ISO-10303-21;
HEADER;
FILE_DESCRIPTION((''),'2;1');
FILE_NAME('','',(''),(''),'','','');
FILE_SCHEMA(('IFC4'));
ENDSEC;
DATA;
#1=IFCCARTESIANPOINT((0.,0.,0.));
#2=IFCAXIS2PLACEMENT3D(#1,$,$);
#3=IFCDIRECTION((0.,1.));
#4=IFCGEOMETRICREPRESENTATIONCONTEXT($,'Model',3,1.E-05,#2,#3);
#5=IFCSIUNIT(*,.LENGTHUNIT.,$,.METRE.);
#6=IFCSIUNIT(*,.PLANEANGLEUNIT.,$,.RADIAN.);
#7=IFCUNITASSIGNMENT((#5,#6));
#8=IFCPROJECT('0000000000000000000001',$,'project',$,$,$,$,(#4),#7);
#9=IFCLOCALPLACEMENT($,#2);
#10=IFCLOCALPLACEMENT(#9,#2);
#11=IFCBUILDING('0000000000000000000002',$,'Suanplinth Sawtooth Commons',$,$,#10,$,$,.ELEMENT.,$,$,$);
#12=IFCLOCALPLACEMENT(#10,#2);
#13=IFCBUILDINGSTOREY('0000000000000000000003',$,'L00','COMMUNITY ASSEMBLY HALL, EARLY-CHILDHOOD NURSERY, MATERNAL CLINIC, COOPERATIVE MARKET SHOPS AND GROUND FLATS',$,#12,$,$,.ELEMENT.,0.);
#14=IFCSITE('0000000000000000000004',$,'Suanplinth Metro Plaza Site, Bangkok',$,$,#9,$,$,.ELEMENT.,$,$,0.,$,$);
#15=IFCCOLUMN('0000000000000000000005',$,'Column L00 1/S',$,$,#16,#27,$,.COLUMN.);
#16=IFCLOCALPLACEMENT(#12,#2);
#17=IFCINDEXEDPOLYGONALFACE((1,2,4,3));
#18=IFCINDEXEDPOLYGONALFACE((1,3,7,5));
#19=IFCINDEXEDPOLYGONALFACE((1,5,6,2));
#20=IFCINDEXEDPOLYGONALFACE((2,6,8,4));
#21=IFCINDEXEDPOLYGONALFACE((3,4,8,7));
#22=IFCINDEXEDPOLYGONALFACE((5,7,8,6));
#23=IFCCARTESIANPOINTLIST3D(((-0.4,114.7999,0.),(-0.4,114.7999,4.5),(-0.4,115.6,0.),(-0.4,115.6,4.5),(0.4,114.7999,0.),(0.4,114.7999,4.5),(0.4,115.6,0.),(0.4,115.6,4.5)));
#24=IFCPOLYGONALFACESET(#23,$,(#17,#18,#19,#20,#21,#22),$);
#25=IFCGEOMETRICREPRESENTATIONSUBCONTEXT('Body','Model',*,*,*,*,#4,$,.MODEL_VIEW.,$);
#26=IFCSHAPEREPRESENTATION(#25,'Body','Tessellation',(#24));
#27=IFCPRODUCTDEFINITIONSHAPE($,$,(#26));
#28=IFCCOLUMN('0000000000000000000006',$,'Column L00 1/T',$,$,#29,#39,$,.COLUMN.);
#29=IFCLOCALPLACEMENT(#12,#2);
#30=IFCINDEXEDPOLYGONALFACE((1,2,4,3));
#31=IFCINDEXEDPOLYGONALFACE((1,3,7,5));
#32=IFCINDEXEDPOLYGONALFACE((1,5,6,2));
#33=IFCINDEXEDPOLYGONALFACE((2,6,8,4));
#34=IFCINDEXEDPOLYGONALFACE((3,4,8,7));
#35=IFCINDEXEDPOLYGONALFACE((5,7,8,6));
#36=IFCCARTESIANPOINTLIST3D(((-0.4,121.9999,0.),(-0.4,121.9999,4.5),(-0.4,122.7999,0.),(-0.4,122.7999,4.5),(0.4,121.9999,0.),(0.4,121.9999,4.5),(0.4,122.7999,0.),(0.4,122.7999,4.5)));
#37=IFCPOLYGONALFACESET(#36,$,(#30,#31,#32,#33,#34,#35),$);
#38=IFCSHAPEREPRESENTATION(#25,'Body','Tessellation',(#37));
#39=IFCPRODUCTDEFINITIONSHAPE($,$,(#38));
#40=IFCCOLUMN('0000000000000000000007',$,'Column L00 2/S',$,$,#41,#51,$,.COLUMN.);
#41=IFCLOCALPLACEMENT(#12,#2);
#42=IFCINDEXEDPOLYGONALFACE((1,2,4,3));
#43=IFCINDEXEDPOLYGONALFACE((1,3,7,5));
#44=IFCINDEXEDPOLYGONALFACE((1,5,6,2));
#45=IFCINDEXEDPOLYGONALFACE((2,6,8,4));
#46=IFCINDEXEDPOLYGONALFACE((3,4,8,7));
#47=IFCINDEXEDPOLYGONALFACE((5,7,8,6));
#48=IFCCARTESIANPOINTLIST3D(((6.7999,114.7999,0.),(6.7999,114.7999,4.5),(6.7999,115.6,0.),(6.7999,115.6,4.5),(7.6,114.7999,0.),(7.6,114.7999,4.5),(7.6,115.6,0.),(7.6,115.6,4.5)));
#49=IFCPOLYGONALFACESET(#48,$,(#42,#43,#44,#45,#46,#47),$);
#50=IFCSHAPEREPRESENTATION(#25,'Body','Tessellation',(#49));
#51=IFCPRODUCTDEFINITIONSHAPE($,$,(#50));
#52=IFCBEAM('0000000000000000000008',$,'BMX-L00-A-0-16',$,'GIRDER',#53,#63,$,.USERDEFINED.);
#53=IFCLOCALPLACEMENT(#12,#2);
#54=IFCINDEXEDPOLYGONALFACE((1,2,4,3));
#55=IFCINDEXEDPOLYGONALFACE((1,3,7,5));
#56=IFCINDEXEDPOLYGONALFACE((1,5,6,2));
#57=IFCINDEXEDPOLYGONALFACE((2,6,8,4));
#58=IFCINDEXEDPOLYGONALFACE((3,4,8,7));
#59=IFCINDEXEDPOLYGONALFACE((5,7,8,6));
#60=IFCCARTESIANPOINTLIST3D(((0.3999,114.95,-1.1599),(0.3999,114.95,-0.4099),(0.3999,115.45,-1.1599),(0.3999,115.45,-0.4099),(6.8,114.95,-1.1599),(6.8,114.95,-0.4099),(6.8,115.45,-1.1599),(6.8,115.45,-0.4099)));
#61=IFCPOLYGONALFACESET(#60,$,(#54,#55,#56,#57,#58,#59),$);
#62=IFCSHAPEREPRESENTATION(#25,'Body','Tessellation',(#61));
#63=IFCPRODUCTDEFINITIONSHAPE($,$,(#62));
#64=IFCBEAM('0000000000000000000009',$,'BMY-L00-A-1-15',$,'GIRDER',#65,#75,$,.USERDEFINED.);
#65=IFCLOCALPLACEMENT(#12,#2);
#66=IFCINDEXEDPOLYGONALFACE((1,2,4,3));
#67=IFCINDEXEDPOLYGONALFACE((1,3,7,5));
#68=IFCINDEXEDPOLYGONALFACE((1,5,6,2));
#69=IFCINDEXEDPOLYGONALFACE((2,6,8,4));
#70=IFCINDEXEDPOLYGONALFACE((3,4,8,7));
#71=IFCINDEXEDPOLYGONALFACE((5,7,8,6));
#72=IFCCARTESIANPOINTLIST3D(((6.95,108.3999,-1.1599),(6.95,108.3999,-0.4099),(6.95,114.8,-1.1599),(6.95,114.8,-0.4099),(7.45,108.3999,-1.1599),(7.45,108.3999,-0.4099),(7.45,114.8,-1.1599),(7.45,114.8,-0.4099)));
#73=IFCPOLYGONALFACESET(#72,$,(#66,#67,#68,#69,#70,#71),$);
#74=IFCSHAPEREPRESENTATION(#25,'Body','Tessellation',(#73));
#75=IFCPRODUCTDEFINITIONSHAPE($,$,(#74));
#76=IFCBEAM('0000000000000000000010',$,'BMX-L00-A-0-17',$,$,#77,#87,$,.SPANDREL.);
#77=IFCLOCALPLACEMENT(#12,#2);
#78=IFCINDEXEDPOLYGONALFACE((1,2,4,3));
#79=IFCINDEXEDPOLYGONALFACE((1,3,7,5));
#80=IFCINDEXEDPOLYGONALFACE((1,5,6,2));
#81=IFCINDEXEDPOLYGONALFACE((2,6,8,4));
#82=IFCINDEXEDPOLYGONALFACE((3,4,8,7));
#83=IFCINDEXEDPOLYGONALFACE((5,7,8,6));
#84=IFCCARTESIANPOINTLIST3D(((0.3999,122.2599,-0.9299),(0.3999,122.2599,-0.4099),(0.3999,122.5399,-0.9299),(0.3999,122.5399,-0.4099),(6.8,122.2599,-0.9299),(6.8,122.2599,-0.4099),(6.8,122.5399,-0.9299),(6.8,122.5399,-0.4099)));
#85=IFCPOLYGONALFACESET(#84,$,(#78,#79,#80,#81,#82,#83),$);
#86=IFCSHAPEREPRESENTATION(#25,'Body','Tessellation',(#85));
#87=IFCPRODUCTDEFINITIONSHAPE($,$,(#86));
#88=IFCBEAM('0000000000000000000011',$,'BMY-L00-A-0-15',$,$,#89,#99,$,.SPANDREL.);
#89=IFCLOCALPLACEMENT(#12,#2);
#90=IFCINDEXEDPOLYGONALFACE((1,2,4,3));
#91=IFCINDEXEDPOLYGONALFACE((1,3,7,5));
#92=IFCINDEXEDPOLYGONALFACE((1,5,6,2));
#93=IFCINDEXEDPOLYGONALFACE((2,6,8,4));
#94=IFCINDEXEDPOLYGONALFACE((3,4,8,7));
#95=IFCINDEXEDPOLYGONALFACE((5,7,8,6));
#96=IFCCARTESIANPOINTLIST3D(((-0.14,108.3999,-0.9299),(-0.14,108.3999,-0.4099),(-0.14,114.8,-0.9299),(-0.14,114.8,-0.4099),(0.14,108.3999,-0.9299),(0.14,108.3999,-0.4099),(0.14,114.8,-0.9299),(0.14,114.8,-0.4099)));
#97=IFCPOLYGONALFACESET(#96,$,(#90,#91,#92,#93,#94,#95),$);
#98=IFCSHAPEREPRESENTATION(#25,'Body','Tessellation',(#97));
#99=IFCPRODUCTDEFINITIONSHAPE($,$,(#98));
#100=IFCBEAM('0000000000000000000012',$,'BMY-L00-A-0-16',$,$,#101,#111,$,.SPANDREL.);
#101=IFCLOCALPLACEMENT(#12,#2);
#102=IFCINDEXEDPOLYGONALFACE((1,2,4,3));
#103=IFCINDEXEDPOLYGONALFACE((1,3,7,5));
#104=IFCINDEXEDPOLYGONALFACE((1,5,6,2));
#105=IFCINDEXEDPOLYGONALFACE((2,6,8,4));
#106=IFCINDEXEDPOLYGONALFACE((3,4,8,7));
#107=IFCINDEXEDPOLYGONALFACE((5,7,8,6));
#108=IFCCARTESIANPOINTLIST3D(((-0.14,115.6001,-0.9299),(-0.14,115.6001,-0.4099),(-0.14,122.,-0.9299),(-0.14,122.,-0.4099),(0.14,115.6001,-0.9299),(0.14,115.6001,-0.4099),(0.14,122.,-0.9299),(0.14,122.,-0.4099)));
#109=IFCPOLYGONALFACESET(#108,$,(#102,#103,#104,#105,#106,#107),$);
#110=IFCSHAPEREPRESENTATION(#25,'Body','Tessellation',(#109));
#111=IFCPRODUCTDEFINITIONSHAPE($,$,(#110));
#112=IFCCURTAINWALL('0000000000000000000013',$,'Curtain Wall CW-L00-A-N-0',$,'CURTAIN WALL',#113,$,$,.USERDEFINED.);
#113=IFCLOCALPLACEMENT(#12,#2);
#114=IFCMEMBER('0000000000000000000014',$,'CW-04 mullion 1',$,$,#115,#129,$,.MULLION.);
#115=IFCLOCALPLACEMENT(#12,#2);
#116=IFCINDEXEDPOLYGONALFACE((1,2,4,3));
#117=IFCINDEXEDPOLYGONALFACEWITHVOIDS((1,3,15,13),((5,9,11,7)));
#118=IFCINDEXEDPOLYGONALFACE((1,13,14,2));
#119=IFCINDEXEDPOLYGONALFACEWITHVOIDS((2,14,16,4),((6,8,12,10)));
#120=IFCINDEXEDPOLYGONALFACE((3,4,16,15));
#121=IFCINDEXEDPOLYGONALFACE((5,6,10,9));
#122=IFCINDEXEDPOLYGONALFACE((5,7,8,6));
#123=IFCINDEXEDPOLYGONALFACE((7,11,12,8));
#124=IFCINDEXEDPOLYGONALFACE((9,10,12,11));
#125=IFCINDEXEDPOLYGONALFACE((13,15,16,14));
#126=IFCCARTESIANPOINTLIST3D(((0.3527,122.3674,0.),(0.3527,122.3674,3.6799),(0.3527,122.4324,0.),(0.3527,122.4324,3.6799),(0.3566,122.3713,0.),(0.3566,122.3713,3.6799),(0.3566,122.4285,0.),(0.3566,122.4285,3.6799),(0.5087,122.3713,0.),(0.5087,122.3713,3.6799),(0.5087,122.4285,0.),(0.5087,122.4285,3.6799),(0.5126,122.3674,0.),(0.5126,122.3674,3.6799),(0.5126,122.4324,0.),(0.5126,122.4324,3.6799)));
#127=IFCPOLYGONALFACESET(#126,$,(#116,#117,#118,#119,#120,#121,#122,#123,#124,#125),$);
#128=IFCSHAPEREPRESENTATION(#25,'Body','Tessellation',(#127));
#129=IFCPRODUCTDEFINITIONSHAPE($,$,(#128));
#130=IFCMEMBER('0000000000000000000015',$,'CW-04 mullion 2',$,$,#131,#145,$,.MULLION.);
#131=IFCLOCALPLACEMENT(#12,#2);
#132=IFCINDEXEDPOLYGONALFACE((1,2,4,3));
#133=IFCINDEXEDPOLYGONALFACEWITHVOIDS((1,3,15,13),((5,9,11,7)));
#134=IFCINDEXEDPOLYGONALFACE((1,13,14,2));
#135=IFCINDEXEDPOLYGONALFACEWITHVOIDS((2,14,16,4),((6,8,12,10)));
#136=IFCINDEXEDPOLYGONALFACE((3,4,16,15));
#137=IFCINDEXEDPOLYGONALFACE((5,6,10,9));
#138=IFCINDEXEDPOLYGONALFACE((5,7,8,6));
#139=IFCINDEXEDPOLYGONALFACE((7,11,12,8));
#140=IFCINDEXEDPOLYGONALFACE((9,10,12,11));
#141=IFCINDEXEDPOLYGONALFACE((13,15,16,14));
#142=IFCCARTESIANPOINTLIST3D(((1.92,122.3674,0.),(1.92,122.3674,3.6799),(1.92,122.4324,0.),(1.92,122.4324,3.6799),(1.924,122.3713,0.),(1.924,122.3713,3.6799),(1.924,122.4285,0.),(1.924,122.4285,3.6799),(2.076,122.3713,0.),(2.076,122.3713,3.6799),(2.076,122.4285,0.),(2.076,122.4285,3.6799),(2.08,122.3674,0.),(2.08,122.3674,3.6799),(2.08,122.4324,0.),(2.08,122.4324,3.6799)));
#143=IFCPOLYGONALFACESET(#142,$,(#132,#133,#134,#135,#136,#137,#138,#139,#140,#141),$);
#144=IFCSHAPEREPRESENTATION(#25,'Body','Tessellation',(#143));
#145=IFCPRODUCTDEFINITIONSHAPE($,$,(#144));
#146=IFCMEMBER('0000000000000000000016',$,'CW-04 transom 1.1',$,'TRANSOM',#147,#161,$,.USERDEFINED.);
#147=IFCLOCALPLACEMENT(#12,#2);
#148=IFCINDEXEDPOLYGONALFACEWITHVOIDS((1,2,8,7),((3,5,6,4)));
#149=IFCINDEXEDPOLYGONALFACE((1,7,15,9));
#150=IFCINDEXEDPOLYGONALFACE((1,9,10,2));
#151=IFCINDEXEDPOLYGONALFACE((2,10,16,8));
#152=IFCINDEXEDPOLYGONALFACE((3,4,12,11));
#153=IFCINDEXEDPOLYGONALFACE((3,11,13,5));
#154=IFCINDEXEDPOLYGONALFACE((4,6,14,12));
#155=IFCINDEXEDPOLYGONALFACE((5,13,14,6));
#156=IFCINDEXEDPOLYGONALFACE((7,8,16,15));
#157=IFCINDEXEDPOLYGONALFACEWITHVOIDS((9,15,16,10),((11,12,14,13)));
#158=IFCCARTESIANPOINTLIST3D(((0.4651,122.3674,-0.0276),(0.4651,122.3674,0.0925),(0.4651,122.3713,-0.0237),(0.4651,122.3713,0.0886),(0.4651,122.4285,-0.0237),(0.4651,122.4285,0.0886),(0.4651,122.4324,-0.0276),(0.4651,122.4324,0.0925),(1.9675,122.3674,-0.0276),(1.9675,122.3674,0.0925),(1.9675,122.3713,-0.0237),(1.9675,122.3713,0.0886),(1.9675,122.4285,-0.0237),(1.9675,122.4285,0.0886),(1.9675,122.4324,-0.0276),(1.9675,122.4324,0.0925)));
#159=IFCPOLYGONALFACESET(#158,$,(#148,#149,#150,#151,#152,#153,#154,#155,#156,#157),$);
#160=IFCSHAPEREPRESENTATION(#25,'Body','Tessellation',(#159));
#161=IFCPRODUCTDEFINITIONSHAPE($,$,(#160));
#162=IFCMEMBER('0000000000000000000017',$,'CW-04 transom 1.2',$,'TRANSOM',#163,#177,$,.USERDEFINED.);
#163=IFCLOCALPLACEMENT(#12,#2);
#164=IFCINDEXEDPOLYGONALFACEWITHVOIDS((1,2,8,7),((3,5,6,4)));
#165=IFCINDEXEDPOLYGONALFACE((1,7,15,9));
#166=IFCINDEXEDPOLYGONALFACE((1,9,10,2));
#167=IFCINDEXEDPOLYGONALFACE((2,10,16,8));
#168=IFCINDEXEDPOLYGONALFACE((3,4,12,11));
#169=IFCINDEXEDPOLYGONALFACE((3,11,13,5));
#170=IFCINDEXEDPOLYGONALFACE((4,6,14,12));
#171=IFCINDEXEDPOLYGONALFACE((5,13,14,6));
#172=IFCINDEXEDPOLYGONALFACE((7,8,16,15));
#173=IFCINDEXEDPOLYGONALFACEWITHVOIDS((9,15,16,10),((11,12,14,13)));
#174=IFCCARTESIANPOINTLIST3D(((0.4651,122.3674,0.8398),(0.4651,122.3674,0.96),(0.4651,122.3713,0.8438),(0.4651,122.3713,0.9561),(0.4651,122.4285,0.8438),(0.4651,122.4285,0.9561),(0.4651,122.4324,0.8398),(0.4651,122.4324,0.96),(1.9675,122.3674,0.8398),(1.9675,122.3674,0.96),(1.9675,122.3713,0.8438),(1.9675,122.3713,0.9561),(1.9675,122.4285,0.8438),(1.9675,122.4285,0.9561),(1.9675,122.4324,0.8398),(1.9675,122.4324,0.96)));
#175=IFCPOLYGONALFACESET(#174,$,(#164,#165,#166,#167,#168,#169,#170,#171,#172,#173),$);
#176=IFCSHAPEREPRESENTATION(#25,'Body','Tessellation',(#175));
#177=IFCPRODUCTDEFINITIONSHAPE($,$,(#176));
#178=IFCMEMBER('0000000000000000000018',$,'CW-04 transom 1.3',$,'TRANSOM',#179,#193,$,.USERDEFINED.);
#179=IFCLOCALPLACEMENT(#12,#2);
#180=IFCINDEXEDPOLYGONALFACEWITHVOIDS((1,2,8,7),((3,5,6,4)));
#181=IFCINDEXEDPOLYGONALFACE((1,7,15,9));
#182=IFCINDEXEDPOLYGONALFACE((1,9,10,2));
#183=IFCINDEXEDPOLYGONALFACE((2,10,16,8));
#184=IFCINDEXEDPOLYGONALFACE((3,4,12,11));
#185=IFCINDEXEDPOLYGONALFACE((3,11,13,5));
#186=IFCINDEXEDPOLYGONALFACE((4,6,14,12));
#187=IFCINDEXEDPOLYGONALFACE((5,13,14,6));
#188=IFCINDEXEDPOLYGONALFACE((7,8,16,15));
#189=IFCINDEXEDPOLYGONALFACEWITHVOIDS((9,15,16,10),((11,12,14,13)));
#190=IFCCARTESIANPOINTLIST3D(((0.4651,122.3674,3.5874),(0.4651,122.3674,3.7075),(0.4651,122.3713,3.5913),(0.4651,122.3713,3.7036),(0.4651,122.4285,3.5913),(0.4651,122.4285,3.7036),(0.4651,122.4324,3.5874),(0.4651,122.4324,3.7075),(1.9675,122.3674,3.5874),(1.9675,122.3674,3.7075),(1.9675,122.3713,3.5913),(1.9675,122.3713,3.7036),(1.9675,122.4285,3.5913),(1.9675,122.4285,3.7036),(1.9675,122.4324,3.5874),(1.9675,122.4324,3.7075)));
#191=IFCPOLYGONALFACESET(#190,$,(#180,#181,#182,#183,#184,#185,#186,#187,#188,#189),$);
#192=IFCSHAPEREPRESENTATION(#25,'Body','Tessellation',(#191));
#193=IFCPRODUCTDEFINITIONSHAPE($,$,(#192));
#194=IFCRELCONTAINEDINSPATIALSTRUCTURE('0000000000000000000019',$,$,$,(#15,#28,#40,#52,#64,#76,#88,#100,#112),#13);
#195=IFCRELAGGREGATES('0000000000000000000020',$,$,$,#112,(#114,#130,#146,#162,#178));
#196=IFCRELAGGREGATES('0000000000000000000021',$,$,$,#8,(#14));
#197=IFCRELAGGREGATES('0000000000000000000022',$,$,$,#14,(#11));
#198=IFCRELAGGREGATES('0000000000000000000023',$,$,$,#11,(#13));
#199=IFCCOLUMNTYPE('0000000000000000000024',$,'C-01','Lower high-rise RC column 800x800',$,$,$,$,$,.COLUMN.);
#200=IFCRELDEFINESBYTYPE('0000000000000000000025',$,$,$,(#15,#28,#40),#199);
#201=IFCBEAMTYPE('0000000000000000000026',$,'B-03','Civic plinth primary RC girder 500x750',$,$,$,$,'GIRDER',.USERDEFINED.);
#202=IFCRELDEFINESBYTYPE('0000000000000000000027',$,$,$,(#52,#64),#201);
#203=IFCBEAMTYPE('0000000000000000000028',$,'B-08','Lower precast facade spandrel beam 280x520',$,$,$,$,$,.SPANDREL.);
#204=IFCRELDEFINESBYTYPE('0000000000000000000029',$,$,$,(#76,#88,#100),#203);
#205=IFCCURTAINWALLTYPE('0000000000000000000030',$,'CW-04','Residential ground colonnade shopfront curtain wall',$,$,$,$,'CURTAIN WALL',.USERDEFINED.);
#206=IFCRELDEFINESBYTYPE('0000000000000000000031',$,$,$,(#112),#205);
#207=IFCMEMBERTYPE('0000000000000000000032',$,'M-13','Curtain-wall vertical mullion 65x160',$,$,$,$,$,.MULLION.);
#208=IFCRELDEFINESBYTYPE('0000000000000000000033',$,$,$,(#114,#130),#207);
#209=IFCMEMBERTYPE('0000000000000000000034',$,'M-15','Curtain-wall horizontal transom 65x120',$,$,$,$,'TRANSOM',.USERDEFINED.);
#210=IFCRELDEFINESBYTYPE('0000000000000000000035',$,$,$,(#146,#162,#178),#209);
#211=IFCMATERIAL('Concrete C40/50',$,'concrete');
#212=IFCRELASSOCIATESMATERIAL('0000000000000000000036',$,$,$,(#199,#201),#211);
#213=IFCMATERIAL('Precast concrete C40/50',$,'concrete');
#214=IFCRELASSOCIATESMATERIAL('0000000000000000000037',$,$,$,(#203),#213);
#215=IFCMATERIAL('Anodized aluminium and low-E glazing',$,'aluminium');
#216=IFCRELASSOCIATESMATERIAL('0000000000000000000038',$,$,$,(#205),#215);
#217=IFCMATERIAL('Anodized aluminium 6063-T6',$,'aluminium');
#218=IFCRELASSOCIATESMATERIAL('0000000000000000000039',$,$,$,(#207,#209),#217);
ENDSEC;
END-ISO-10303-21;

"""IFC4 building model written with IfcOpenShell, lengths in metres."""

from ifc_helpers import new_model, si_unit, direction, frame, origin, origin_2d, place, context, subcontext, project, spatial, rectangle, hollow_rectangle, extrude, material, material_profile, profile_set, type_object, element, aggregate, save


model = new_model("IFC4")

# Units and contexts
model_context = context("Model", 3, precision=1e-05, world=origin(), true_north=direction((0.0, 1.0)))
body_context = subcontext(model_context, "Body", "Model", "MODEL_VIEW")
ifc_project = project(units=[si_unit("LENGTHUNIT", "METRE"), si_unit("PLANEANGLEUNIT", "RADIAN")], contexts=[model_context])

# Site, building, storey
site_placement = place(None, origin())
site = spatial("IfcSite", under=ifc_project, at=site_placement, Name="Suanplinth Metro Plaza Site, Bangkok", CompositionType="ELEMENT", RefElevation=0.0)
building_placement = place(site_placement, origin())
building = spatial("IfcBuilding", under=site, at=building_placement, Name="Suanplinth Sawtooth Commons", CompositionType="ELEMENT")
storey_placement = place(building_placement, origin())
storey = spatial("IfcBuildingStorey", under=building, at=storey_placement, Name="L00", Description="COMMUNITY ASSEMBLY HALL, EARLY-CHILDHOOD NURSERY, MATERNAL CLINIC, COOPERATIVE MARKET SHOPS AND GROUND FLATS", CompositionType="ELEMENT", Elevation=0.0)

# Columns
ifc_material_1 = material(Name="Concrete C40/50", Category="concrete")
ifc_material_profile_1 = material_profile(ifc_material_1, rectangle(XDim=0.8, YDim=0.8, at=origin_2d()), Name="RC-COL 800x800")
ifc_profile_set_1 = profile_set([ifc_material_profile_1], Name="Concrete C40/50")
column_type = type_object("IfcColumnType", Name="C-01", Description="Lower high-rise RC column 800x800", PredefinedType="COLUMN", material=ifc_profile_set_1)
for number, where, z_axis, x_axis, name in (
    (1, (0.0, 115.2, 0.0), (0.0, 0.0, 1.0), (1.0, 0.0, 0.0), "Column L00 1/S"),
    (2, (0.0, 122.3999, 0.0), (0.0, 0.0, 1.0), (1.0, 0.0, 0.0), "Column L00 1/T"),
    (3, (7.2, 115.2, 0.0), (0.0, 0.0, 1.0), (1.0, 0.0, 0.0), "Column L00 2/S"),
):
    element("IfcColumn", number, at=place(storey_placement, frame(where, z_axis=z_axis, x_axis=x_axis)), inside=storey, type_object=column_type, Name=name, PredefinedType="COLUMN", context=body_context, shape_type="SweptSolid", body=[
        extrude(rectangle(XDim=0.8, YDim=0.8, at=origin_2d()), origin(), (0.0, 0.0, 1.0), 4.5),
    ])

# Beams
ifc_material_profile_2 = material_profile(ifc_material_1, rectangle(XDim=0.5, YDim=0.75, at=origin_2d()), Name="RC-GDR 500x750")
ifc_profile_set_2 = profile_set([ifc_material_profile_2], Name="Concrete C40/50")
beam_type_1 = type_object("IfcBeamType", Name="B-03", Description="Civic plinth primary RC girder 500x750", ElementType="GIRDER", PredefinedType="USERDEFINED", material=ifc_profile_set_2)
for number, where, z_axis, x_axis, name in (
    (4, (0.3999, 115.2, -0.7849), (1.0, 0.0, 0.0), (0.0, 1.0, 0.0), "BMX-L00-A-0-16"),
    (5, (7.2, 108.3999, -0.7849), (0.0, 1.0, 0.0), (-1.0, 0.0, 0.0), "BMY-L00-A-1-15"),
):
    element("IfcBeam", number, at=place(storey_placement, frame(where, z_axis=z_axis, x_axis=x_axis)), inside=storey, type_object=beam_type_1, Name=name, ObjectType="GIRDER", PredefinedType="USERDEFINED", context=body_context, shape_type="SweptSolid", body=[
        extrude(rectangle(XDim=0.5, YDim=0.75, at=origin_2d()), origin(), (0.0, 0.0, 1.0), 6.4001),
    ])
ifc_material_2 = material(Name="Precast concrete C40/50", Category="concrete")
ifc_material_profile_3 = material_profile(ifc_material_2, rectangle(XDim=0.28, YDim=0.52, at=origin_2d()), Name="PC-SP 280x520")
ifc_profile_set_3 = profile_set([ifc_material_profile_3], Name="Precast concrete C40/50")
beam_type_2 = type_object("IfcBeamType", Name="B-08", Description="Lower precast facade spandrel beam 280x520", PredefinedType="SPANDREL", material=ifc_profile_set_3)
for number, where, z_axis, x_axis, name in (
    (6, (0.3999, 122.3999, -0.6699), (1.0, 0.0, 0.0), (0.0, 1.0, 0.0), "BMX-L00-A-0-17"),
    (7, (0.0, 108.3999, -0.6699), (0.0, 1.0, 0.0), (-1.0, 0.0, 0.0), "BMY-L00-A-0-15"),
):
    element("IfcBeam", number, at=place(storey_placement, frame(where, z_axis=z_axis, x_axis=x_axis)), inside=storey, type_object=beam_type_2, Name=name, PredefinedType="SPANDREL", context=body_context, shape_type="SweptSolid", body=[
        extrude(rectangle(XDim=0.28, YDim=0.52, at=origin_2d()), origin(), (0.0, 0.0, 1.0), 6.4001),
    ])
beam_placement = place(storey_placement, frame((0.0, 115.6001, -0.6699), z_axis=(0.0, 1.0, 0.0), x_axis=(-1.0, 0.0, 0.0)))
element("IfcBeam", 8, at=beam_placement, inside=storey, type_object=beam_type_2, Name="BMY-L00-A-0-16", PredefinedType="SPANDREL", context=body_context, shape_type="SweptSolid", body=[
    extrude(rectangle(XDim=0.28, YDim=0.52, at=origin_2d()), origin(), (0.0, 0.0, 1.0), 6.3999),
])

# Curtain wall, members
ifc_material_3 = material(Name="Anodized aluminium and low-E glazing", Category="aluminium")
curtain_wall_type = type_object("IfcCurtainWallType", Name="CW-04", Description="Residential ground colonnade shopfront curtain wall", ElementType="CURTAIN WALL", PredefinedType="USERDEFINED", material=ifc_material_3)
curtain_wall_placement = place(storey_placement, origin())
curtain_wall = element("IfcCurtainWall", 9, at=curtain_wall_placement, inside=storey, type_object=curtain_wall_type, Name="Curtain Wall CW-L00-A-N-0", ObjectType="CURTAIN WALL", PredefinedType="USERDEFINED")
ifc_material_4 = material(Name="Anodized aluminium 6063-T6", Category="aluminium")
ifc_material_profile_4 = material_profile(ifc_material_4, hollow_rectangle(XDim=0.0649, YDim=0.1599, WallThickness=0.0039, at=origin_2d()), Name="ALU-MUL 65x160")
ifc_profile_set_4 = profile_set([ifc_material_profile_4], Name="Anodized aluminium 6063-T6")
member_type_1 = type_object("IfcMemberType", Name="M-13", Description="Curtain-wall vertical mullion 65x160", PredefinedType="MULLION", material=ifc_profile_set_4)
member_1_placement = place(storey_placement, frame((0.4326, 122.3999, 0.0), z_axis=(0.0, 0.0, 1.0), x_axis=(0.0, 1.0, 0.0)))
member_1 = element("IfcMember", 10, at=member_1_placement, type_object=member_type_1, Name="CW-04 mullion 1", PredefinedType="MULLION", context=body_context, shape_type="SweptSolid", body=[
    extrude(hollow_rectangle(XDim=0.0649, YDim=0.1599, WallThickness=0.0039, at=origin_2d()), origin(), (0.0, 0.0, 1.0), 3.6799),
])
member_2_placement = place(storey_placement, frame((2.0, 122.3999, 0.0), z_axis=(0.0, 0.0, 1.0), x_axis=(0.0, 1.0, 0.0)))
member_2 = element("IfcMember", 11, at=member_2_placement, type_object=member_type_1, Name="CW-04 mullion 2", PredefinedType="MULLION", context=body_context, shape_type="SweptSolid", body=[
    extrude(hollow_rectangle(XDim=0.0649, YDim=0.1599, WallThickness=0.0039, at=origin_2d()), origin(), (0.0, 0.0, 1.0), 3.6799),
])
ifc_material_profile_5 = material_profile(ifc_material_4, hollow_rectangle(XDim=0.0649, YDim=0.1201, WallThickness=0.0039, at=origin_2d()), Name="ALU-TRN 65x120")
ifc_profile_set_5 = profile_set([ifc_material_profile_5], Name="Anodized aluminium 6063-T6")
member_type_2 = type_object("IfcMemberType", Name="M-15", Description="Curtain-wall horizontal transom 65x120", ElementType="TRANSOM", PredefinedType="USERDEFINED", material=ifc_profile_set_5)
member_3_placement = place(storey_placement, frame((0.4651, 122.3999, 0.0325), z_axis=(1.0, 0.0, 0.0), x_axis=(0.0, 1.0, 0.0)))
member_3 = element("IfcMember", 12, at=member_3_placement, type_object=member_type_2, Name="CW-04 transom 1.1", ObjectType="TRANSOM", PredefinedType="USERDEFINED", context=body_context, shape_type="SweptSolid", body=[
    extrude(hollow_rectangle(XDim=0.0649, YDim=0.1201, WallThickness=0.0039, at=origin_2d()), origin(), (0.0, 0.0, 1.0), 1.5024),
])
member_4_placement = place(storey_placement, frame((0.4651, 122.3999, 0.8999), z_axis=(1.0, 0.0, 0.0), x_axis=(0.0, 1.0, 0.0)))
member_4 = element("IfcMember", 13, at=member_4_placement, type_object=member_type_2, Name="CW-04 transom 1.2", ObjectType="TRANSOM", PredefinedType="USERDEFINED", context=body_context, shape_type="SweptSolid", body=[
    extrude(hollow_rectangle(XDim=0.0649, YDim=0.1201, WallThickness=0.0039, at=origin_2d()), origin(), (0.0, 0.0, 1.0), 1.5024),
])
member_5_placement = place(storey_placement, frame((0.4651, 122.3999, 3.6475), z_axis=(1.0, 0.0, 0.0), x_axis=(0.0, 1.0, 0.0)))
member_5 = element("IfcMember", 14, at=member_5_placement, type_object=member_type_2, Name="CW-04 transom 1.3", ObjectType="TRANSOM", PredefinedType="USERDEFINED", context=body_context, shape_type="SweptSolid", body=[
    extrude(hollow_rectangle(XDim=0.0649, YDim=0.1201, WallThickness=0.0039, at=origin_2d()), origin(), (0.0, 0.0, 1.0), 1.5024),
])
aggregate(curtain_wall, [member_1, member_2, member_3, member_4, member_5])

save(model, "model.ifc")
